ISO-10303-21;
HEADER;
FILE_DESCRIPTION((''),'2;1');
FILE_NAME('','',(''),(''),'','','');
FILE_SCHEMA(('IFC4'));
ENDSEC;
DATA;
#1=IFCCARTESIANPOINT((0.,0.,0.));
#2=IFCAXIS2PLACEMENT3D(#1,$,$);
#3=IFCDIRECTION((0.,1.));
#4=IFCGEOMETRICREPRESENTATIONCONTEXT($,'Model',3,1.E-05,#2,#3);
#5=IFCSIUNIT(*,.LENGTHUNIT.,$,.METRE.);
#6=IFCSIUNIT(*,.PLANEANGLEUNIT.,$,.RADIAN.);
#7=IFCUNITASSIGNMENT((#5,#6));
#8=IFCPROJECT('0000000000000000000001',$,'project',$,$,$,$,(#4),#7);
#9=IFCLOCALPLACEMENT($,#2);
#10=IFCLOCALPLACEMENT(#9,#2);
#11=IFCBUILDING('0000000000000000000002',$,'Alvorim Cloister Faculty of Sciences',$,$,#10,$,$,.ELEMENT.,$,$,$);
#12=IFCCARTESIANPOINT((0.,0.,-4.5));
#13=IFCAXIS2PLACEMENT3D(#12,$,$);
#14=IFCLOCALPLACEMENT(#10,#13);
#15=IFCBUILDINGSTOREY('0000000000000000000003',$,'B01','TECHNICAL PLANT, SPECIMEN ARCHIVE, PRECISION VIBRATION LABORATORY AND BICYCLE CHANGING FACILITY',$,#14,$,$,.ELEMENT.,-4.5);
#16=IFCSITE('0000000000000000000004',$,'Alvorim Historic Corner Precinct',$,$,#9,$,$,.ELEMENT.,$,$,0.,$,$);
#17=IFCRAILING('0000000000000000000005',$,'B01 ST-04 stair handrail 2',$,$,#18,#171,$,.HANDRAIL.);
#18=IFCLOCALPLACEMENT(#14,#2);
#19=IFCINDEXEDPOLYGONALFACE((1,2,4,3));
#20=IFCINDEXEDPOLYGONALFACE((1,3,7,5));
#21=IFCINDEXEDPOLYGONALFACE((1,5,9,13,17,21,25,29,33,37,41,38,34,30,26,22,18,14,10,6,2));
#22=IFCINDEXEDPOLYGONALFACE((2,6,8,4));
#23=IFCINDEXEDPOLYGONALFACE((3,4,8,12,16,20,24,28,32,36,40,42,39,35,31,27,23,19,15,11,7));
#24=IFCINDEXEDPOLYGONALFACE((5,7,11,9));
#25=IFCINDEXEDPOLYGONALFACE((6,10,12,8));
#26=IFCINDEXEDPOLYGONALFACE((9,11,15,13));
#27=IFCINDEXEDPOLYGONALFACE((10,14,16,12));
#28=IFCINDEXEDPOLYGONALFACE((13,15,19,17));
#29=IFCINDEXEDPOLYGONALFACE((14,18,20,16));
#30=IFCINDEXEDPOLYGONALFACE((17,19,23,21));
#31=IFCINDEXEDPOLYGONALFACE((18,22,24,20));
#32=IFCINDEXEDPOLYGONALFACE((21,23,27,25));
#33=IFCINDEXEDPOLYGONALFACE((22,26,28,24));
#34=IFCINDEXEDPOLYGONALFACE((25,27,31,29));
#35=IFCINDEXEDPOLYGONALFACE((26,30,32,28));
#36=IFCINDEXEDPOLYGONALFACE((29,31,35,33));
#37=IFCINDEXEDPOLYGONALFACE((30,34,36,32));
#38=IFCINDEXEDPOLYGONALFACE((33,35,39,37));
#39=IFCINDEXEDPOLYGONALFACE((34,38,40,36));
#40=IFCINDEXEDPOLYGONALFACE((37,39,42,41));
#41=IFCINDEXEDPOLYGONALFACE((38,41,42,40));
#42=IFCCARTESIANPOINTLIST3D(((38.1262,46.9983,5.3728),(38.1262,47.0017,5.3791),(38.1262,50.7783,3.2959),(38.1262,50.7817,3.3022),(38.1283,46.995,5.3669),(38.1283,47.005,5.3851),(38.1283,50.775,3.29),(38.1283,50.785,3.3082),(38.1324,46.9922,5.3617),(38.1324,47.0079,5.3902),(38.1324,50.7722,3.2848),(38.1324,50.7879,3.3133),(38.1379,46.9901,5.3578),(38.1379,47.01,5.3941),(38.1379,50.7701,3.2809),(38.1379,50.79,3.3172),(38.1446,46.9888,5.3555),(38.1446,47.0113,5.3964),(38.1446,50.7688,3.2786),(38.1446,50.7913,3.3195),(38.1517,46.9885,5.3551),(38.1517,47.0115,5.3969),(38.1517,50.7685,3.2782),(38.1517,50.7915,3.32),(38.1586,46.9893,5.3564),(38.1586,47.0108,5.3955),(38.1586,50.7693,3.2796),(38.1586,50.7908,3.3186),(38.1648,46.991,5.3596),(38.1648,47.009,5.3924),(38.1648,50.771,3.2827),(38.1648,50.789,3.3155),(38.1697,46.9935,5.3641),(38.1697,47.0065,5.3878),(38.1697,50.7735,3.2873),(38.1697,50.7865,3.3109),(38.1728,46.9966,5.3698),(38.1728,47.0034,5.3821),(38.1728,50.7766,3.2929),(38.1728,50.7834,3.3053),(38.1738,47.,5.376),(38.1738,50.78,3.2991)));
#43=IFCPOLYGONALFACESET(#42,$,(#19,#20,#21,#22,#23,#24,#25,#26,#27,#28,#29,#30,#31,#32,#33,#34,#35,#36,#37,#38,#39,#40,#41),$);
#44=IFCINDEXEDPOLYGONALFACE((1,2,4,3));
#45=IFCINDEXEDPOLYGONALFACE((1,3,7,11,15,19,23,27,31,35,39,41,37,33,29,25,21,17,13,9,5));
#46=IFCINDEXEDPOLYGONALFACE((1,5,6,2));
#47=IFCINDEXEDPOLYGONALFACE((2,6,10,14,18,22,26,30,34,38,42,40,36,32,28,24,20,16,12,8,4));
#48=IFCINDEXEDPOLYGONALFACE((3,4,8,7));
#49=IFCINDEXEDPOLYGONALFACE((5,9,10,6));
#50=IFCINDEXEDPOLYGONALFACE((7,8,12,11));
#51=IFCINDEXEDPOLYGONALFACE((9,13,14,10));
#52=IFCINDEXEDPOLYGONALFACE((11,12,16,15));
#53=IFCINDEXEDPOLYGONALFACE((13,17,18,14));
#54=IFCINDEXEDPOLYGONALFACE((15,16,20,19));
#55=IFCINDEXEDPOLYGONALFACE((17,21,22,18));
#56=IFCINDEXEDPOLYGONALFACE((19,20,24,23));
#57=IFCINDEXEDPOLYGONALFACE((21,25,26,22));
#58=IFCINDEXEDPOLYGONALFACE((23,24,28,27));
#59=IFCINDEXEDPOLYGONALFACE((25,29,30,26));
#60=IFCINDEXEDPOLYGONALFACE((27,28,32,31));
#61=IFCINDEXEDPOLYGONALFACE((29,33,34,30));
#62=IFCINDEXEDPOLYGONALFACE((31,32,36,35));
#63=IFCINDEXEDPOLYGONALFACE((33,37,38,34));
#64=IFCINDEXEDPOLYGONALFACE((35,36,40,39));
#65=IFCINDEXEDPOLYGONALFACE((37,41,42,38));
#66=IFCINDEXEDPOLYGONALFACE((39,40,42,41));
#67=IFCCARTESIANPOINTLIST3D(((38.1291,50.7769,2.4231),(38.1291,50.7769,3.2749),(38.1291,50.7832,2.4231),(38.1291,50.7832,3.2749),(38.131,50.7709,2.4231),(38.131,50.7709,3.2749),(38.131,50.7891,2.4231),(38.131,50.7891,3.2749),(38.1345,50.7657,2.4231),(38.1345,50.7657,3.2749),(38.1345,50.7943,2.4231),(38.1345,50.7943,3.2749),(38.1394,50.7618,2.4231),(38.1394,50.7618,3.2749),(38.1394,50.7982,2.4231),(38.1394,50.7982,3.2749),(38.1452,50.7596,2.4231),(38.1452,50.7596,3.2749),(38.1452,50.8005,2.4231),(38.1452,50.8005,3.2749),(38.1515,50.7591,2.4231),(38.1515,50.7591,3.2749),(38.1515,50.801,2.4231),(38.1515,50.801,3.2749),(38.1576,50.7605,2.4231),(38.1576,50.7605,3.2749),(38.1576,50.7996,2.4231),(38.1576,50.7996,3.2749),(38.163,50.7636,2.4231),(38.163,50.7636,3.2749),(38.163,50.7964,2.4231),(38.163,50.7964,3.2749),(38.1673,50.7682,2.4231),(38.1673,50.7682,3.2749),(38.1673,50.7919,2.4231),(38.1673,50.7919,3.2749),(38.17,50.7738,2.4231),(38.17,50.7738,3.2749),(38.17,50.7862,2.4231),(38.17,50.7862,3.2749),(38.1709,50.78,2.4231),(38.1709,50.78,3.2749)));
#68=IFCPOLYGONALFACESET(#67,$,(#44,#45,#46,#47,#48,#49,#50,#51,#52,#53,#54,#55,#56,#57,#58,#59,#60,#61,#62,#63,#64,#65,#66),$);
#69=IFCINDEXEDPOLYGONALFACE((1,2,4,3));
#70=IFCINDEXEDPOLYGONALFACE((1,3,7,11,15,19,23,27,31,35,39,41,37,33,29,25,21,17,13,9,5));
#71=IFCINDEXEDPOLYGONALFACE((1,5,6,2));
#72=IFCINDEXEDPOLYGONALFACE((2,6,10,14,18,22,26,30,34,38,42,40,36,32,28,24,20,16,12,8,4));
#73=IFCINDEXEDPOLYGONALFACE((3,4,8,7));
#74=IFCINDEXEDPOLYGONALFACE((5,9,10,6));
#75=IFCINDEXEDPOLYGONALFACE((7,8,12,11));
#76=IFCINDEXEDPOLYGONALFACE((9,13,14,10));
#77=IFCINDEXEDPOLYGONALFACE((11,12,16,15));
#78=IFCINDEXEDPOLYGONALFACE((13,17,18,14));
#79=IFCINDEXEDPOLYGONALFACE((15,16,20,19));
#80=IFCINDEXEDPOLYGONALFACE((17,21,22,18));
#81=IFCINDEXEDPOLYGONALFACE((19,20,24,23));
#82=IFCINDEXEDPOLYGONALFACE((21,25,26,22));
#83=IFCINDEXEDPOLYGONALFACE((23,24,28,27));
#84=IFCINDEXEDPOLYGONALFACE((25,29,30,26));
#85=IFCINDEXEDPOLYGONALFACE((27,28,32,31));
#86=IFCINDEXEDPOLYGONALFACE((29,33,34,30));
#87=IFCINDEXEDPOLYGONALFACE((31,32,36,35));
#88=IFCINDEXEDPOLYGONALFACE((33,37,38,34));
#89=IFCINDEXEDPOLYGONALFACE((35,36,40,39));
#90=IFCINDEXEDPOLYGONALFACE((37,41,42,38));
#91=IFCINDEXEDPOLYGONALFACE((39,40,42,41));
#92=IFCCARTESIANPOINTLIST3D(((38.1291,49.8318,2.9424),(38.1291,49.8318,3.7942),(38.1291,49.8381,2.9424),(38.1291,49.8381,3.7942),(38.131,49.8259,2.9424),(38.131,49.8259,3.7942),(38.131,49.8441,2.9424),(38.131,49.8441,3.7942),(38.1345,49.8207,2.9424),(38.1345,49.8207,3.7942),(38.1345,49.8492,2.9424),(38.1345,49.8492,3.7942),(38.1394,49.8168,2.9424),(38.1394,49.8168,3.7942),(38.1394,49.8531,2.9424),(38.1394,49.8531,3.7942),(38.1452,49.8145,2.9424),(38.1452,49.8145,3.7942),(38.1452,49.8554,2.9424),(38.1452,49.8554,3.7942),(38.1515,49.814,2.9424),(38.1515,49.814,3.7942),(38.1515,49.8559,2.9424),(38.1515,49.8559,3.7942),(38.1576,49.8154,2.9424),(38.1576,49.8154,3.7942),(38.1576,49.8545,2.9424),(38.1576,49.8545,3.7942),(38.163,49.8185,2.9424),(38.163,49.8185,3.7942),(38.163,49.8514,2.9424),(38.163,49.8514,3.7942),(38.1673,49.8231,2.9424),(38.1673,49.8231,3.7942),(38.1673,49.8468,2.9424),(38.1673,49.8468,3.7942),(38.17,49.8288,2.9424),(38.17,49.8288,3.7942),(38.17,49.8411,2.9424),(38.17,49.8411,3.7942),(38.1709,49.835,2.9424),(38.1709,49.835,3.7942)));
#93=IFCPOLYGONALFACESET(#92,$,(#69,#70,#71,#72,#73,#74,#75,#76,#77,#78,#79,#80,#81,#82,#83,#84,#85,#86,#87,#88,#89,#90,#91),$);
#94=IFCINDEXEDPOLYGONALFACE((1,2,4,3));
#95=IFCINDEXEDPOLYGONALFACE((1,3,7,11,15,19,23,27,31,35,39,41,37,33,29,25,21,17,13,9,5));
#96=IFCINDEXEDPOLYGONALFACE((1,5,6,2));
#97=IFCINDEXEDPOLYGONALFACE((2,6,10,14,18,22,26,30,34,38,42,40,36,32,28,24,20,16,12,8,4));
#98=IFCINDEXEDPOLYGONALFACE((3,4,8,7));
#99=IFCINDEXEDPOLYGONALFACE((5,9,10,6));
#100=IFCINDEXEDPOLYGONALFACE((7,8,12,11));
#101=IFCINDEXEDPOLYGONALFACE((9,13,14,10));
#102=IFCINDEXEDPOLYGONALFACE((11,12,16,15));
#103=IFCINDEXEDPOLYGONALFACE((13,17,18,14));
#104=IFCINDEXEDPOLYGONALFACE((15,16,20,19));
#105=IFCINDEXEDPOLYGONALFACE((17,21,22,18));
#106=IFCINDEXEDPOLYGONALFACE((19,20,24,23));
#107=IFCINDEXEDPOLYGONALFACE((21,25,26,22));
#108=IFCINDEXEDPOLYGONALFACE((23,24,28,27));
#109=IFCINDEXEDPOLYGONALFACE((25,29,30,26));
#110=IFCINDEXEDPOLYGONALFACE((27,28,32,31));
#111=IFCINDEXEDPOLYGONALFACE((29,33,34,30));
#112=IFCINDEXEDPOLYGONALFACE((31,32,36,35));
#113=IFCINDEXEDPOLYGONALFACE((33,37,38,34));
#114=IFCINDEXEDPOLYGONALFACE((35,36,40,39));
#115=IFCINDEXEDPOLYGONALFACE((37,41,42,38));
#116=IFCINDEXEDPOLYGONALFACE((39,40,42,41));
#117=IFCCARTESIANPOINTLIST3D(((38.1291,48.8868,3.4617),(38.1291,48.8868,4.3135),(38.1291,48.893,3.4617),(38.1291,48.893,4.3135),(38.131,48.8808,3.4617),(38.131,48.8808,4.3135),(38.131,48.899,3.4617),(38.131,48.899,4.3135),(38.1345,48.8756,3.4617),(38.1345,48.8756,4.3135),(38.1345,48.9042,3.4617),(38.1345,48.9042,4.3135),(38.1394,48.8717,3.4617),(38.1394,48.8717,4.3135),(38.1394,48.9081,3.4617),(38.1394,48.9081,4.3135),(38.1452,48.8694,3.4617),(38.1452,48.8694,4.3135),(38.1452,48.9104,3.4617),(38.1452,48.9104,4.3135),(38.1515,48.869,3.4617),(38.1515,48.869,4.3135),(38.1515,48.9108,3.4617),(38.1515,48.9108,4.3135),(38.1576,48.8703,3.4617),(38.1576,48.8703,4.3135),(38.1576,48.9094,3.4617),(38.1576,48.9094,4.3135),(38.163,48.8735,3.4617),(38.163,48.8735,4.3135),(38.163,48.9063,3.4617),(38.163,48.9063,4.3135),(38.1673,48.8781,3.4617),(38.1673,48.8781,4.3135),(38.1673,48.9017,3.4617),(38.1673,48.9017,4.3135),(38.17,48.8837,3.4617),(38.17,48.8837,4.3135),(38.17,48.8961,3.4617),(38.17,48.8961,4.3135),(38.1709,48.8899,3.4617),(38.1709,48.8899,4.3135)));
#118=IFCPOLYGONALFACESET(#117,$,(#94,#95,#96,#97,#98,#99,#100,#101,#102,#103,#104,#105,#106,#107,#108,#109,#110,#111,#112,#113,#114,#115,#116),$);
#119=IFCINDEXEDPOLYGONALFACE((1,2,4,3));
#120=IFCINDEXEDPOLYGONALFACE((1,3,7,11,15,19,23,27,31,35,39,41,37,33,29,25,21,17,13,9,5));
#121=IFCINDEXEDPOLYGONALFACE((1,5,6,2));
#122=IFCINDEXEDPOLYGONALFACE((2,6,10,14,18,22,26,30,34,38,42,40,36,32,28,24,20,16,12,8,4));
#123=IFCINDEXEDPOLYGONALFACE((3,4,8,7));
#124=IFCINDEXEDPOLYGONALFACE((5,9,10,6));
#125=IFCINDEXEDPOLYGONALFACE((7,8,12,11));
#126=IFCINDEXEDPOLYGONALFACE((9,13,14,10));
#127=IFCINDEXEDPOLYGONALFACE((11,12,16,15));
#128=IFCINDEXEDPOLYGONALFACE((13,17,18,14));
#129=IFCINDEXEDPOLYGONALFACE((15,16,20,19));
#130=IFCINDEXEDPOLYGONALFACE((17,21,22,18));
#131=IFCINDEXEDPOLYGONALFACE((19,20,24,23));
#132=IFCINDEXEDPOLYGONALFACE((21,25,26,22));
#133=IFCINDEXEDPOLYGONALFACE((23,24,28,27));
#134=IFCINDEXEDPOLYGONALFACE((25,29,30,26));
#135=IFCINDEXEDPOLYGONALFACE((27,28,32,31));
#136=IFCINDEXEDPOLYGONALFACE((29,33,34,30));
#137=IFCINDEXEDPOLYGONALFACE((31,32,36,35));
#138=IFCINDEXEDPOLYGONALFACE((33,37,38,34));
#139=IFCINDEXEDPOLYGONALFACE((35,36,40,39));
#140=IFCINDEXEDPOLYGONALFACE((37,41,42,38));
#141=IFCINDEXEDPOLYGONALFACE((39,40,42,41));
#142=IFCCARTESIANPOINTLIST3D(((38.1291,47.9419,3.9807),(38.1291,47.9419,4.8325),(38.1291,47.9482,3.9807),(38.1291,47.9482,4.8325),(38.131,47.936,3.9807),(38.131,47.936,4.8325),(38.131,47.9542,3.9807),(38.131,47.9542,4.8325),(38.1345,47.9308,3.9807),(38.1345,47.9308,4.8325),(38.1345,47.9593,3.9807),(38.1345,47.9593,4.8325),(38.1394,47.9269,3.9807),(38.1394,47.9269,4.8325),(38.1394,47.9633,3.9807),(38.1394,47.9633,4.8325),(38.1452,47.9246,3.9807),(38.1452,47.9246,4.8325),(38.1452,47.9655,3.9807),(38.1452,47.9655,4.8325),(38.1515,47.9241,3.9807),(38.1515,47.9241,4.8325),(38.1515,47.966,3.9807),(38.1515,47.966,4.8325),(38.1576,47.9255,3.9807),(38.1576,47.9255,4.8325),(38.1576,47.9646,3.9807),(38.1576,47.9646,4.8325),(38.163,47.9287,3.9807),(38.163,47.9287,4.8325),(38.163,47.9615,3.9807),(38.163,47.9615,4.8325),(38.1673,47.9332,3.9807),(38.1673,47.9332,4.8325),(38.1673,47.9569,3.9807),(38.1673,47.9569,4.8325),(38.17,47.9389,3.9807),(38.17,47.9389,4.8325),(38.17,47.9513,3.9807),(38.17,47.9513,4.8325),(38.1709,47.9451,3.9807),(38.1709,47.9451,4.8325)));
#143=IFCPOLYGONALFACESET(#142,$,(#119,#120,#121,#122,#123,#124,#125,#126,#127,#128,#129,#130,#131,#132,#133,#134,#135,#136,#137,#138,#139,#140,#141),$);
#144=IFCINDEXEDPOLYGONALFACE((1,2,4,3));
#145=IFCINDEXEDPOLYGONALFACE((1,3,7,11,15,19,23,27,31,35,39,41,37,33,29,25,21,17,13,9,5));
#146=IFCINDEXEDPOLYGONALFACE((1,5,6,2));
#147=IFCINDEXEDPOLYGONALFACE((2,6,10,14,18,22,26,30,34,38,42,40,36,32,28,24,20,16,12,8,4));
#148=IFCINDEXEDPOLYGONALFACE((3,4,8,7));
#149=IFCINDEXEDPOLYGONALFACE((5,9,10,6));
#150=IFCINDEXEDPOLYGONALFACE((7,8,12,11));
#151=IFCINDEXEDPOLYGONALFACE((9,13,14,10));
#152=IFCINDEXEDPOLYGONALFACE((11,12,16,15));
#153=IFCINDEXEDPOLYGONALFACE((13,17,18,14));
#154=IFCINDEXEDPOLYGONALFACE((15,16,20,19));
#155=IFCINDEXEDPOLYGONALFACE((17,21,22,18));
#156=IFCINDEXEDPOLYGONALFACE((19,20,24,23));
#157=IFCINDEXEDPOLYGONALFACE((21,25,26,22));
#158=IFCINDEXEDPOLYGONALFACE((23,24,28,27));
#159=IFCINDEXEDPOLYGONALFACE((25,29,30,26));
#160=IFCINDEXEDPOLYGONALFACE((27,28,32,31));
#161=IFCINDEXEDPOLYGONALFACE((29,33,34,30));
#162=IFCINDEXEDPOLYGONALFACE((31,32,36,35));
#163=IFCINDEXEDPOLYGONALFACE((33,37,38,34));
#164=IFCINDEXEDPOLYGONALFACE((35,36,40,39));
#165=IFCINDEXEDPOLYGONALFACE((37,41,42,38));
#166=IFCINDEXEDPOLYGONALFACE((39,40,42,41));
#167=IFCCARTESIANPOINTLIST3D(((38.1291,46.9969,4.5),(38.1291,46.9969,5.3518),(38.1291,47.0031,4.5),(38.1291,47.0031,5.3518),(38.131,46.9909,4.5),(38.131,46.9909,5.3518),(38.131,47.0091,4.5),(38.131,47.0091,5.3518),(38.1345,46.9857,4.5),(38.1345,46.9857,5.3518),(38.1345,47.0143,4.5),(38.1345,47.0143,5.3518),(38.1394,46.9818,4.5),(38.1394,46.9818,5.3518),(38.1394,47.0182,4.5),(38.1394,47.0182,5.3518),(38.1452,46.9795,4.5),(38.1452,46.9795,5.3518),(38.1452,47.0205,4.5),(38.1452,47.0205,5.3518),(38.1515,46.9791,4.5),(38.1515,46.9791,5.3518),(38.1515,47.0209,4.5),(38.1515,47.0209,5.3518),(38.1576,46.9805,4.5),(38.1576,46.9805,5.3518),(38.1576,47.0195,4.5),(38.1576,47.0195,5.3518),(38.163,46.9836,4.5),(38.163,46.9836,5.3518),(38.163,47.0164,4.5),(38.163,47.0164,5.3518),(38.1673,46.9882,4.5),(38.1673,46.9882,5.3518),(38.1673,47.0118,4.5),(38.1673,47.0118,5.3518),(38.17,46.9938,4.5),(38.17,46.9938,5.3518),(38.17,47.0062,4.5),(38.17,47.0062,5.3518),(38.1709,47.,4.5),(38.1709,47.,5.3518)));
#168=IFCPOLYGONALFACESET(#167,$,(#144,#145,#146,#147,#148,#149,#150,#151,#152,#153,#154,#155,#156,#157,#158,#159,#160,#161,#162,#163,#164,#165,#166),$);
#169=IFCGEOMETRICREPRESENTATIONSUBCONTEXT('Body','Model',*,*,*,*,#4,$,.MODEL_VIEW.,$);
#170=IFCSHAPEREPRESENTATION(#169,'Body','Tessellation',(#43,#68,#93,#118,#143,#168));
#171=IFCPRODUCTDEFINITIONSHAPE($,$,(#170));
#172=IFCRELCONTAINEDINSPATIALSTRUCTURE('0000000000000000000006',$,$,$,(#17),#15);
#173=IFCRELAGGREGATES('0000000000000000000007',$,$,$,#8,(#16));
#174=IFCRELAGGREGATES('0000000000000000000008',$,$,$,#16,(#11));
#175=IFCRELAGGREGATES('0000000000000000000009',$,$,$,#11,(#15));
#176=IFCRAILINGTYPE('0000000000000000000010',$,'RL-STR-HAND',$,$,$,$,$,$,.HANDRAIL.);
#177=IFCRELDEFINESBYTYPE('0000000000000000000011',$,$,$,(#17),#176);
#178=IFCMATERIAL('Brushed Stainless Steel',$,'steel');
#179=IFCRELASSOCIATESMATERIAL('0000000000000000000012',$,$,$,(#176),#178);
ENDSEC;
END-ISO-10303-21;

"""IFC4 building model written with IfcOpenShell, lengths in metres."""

from ifc_helpers import new_model, si_unit, direction, frame, origin, origin_2d, place, context, subcontext, project, spatial, circle, extrude, material, type_object, element, save


model = new_model("IFC4")

# Units and contexts
model_context = context("Model", 3, precision=1e-05, world=origin(), true_north=direction((0.0, 1.0)))
body_context = subcontext(model_context, "Body", "Model", "MODEL_VIEW")
ifc_project = project(units=[si_unit("LENGTHUNIT", "METRE"), si_unit("PLANEANGLEUNIT", "RADIAN")], contexts=[model_context])

# Site, building, storey
site_placement = place(None, origin())
site = spatial("IfcSite", under=ifc_project, at=site_placement, Name="Alvorim Historic Corner Precinct", CompositionType="ELEMENT", RefElevation=0.0)
building_placement = place(site_placement, origin())
building = spatial("IfcBuilding", under=site, at=building_placement, Name="Alvorim Cloister Faculty of Sciences", CompositionType="ELEMENT")
storey_placement = place(building_placement, frame((0.0, 0.0, -4.5)))
storey = spatial("IfcBuildingStorey", under=building, at=storey_placement, Name="B01", Description="TECHNICAL PLANT, SPECIMEN ARCHIVE, PRECISION VIBRATION LABORATORY AND BICYCLE CHANGING FACILITY", CompositionType="ELEMENT", Elevation=-4.5)

# Shared definitions
ifc_material_1 = material(Name="Brushed Stainless Steel", Category="steel")

# Railing
railing_type_1 = type_object("IfcRailingType", Name="RL-STR-HAND", PredefinedType="HANDRAIL", material=ifc_material_1)
railing_1_placement = place(storey_placement, frame((38.1499, 50.78, 2.4231)))
element("IfcRailing", 1, at=railing_1_placement, inside=storey, type_object=railing_type_1, Name="B01 ST-04 stair handrail 2", PredefinedType="HANDRAIL", context=body_context, shape_type="SweptSolid", body=[
    extrude(circle(Radius=0.0239, at=origin_2d()), frame((0.0, 0.0, 0.876), z_axis=(0.0, -0.876423, 0.481543), x_axis=(1.0, 0.0, 0.0)), (0.0, 0.0, 1.0), 4.313),
    extrude(circle(Radius=0.021, at=origin_2d()), origin(), (0.0, 0.0, 1.0), 0.8518),
    extrude(circle(Radius=0.021, at=origin_2d()), frame((0.0, -0.9451, 0.5193)), (0.0, 0.0, 1.0), 0.8518),
    extrude(circle(Radius=0.021, at=origin_2d()), frame((0.0, -1.8901, 1.0386)), (0.0, 0.0, 1.0), 0.8518),
    extrude(circle(Radius=0.021, at=origin_2d()), frame((0.0, -2.835, 1.5576)), (0.0, 0.0, 1.0), 0.8518),
    extrude(circle(Radius=0.021, at=origin_2d()), frame((0.0, -3.78, 2.0769)), (0.0, 0.0, 1.0), 0.8518),
])

save(model, "model.ifc")
